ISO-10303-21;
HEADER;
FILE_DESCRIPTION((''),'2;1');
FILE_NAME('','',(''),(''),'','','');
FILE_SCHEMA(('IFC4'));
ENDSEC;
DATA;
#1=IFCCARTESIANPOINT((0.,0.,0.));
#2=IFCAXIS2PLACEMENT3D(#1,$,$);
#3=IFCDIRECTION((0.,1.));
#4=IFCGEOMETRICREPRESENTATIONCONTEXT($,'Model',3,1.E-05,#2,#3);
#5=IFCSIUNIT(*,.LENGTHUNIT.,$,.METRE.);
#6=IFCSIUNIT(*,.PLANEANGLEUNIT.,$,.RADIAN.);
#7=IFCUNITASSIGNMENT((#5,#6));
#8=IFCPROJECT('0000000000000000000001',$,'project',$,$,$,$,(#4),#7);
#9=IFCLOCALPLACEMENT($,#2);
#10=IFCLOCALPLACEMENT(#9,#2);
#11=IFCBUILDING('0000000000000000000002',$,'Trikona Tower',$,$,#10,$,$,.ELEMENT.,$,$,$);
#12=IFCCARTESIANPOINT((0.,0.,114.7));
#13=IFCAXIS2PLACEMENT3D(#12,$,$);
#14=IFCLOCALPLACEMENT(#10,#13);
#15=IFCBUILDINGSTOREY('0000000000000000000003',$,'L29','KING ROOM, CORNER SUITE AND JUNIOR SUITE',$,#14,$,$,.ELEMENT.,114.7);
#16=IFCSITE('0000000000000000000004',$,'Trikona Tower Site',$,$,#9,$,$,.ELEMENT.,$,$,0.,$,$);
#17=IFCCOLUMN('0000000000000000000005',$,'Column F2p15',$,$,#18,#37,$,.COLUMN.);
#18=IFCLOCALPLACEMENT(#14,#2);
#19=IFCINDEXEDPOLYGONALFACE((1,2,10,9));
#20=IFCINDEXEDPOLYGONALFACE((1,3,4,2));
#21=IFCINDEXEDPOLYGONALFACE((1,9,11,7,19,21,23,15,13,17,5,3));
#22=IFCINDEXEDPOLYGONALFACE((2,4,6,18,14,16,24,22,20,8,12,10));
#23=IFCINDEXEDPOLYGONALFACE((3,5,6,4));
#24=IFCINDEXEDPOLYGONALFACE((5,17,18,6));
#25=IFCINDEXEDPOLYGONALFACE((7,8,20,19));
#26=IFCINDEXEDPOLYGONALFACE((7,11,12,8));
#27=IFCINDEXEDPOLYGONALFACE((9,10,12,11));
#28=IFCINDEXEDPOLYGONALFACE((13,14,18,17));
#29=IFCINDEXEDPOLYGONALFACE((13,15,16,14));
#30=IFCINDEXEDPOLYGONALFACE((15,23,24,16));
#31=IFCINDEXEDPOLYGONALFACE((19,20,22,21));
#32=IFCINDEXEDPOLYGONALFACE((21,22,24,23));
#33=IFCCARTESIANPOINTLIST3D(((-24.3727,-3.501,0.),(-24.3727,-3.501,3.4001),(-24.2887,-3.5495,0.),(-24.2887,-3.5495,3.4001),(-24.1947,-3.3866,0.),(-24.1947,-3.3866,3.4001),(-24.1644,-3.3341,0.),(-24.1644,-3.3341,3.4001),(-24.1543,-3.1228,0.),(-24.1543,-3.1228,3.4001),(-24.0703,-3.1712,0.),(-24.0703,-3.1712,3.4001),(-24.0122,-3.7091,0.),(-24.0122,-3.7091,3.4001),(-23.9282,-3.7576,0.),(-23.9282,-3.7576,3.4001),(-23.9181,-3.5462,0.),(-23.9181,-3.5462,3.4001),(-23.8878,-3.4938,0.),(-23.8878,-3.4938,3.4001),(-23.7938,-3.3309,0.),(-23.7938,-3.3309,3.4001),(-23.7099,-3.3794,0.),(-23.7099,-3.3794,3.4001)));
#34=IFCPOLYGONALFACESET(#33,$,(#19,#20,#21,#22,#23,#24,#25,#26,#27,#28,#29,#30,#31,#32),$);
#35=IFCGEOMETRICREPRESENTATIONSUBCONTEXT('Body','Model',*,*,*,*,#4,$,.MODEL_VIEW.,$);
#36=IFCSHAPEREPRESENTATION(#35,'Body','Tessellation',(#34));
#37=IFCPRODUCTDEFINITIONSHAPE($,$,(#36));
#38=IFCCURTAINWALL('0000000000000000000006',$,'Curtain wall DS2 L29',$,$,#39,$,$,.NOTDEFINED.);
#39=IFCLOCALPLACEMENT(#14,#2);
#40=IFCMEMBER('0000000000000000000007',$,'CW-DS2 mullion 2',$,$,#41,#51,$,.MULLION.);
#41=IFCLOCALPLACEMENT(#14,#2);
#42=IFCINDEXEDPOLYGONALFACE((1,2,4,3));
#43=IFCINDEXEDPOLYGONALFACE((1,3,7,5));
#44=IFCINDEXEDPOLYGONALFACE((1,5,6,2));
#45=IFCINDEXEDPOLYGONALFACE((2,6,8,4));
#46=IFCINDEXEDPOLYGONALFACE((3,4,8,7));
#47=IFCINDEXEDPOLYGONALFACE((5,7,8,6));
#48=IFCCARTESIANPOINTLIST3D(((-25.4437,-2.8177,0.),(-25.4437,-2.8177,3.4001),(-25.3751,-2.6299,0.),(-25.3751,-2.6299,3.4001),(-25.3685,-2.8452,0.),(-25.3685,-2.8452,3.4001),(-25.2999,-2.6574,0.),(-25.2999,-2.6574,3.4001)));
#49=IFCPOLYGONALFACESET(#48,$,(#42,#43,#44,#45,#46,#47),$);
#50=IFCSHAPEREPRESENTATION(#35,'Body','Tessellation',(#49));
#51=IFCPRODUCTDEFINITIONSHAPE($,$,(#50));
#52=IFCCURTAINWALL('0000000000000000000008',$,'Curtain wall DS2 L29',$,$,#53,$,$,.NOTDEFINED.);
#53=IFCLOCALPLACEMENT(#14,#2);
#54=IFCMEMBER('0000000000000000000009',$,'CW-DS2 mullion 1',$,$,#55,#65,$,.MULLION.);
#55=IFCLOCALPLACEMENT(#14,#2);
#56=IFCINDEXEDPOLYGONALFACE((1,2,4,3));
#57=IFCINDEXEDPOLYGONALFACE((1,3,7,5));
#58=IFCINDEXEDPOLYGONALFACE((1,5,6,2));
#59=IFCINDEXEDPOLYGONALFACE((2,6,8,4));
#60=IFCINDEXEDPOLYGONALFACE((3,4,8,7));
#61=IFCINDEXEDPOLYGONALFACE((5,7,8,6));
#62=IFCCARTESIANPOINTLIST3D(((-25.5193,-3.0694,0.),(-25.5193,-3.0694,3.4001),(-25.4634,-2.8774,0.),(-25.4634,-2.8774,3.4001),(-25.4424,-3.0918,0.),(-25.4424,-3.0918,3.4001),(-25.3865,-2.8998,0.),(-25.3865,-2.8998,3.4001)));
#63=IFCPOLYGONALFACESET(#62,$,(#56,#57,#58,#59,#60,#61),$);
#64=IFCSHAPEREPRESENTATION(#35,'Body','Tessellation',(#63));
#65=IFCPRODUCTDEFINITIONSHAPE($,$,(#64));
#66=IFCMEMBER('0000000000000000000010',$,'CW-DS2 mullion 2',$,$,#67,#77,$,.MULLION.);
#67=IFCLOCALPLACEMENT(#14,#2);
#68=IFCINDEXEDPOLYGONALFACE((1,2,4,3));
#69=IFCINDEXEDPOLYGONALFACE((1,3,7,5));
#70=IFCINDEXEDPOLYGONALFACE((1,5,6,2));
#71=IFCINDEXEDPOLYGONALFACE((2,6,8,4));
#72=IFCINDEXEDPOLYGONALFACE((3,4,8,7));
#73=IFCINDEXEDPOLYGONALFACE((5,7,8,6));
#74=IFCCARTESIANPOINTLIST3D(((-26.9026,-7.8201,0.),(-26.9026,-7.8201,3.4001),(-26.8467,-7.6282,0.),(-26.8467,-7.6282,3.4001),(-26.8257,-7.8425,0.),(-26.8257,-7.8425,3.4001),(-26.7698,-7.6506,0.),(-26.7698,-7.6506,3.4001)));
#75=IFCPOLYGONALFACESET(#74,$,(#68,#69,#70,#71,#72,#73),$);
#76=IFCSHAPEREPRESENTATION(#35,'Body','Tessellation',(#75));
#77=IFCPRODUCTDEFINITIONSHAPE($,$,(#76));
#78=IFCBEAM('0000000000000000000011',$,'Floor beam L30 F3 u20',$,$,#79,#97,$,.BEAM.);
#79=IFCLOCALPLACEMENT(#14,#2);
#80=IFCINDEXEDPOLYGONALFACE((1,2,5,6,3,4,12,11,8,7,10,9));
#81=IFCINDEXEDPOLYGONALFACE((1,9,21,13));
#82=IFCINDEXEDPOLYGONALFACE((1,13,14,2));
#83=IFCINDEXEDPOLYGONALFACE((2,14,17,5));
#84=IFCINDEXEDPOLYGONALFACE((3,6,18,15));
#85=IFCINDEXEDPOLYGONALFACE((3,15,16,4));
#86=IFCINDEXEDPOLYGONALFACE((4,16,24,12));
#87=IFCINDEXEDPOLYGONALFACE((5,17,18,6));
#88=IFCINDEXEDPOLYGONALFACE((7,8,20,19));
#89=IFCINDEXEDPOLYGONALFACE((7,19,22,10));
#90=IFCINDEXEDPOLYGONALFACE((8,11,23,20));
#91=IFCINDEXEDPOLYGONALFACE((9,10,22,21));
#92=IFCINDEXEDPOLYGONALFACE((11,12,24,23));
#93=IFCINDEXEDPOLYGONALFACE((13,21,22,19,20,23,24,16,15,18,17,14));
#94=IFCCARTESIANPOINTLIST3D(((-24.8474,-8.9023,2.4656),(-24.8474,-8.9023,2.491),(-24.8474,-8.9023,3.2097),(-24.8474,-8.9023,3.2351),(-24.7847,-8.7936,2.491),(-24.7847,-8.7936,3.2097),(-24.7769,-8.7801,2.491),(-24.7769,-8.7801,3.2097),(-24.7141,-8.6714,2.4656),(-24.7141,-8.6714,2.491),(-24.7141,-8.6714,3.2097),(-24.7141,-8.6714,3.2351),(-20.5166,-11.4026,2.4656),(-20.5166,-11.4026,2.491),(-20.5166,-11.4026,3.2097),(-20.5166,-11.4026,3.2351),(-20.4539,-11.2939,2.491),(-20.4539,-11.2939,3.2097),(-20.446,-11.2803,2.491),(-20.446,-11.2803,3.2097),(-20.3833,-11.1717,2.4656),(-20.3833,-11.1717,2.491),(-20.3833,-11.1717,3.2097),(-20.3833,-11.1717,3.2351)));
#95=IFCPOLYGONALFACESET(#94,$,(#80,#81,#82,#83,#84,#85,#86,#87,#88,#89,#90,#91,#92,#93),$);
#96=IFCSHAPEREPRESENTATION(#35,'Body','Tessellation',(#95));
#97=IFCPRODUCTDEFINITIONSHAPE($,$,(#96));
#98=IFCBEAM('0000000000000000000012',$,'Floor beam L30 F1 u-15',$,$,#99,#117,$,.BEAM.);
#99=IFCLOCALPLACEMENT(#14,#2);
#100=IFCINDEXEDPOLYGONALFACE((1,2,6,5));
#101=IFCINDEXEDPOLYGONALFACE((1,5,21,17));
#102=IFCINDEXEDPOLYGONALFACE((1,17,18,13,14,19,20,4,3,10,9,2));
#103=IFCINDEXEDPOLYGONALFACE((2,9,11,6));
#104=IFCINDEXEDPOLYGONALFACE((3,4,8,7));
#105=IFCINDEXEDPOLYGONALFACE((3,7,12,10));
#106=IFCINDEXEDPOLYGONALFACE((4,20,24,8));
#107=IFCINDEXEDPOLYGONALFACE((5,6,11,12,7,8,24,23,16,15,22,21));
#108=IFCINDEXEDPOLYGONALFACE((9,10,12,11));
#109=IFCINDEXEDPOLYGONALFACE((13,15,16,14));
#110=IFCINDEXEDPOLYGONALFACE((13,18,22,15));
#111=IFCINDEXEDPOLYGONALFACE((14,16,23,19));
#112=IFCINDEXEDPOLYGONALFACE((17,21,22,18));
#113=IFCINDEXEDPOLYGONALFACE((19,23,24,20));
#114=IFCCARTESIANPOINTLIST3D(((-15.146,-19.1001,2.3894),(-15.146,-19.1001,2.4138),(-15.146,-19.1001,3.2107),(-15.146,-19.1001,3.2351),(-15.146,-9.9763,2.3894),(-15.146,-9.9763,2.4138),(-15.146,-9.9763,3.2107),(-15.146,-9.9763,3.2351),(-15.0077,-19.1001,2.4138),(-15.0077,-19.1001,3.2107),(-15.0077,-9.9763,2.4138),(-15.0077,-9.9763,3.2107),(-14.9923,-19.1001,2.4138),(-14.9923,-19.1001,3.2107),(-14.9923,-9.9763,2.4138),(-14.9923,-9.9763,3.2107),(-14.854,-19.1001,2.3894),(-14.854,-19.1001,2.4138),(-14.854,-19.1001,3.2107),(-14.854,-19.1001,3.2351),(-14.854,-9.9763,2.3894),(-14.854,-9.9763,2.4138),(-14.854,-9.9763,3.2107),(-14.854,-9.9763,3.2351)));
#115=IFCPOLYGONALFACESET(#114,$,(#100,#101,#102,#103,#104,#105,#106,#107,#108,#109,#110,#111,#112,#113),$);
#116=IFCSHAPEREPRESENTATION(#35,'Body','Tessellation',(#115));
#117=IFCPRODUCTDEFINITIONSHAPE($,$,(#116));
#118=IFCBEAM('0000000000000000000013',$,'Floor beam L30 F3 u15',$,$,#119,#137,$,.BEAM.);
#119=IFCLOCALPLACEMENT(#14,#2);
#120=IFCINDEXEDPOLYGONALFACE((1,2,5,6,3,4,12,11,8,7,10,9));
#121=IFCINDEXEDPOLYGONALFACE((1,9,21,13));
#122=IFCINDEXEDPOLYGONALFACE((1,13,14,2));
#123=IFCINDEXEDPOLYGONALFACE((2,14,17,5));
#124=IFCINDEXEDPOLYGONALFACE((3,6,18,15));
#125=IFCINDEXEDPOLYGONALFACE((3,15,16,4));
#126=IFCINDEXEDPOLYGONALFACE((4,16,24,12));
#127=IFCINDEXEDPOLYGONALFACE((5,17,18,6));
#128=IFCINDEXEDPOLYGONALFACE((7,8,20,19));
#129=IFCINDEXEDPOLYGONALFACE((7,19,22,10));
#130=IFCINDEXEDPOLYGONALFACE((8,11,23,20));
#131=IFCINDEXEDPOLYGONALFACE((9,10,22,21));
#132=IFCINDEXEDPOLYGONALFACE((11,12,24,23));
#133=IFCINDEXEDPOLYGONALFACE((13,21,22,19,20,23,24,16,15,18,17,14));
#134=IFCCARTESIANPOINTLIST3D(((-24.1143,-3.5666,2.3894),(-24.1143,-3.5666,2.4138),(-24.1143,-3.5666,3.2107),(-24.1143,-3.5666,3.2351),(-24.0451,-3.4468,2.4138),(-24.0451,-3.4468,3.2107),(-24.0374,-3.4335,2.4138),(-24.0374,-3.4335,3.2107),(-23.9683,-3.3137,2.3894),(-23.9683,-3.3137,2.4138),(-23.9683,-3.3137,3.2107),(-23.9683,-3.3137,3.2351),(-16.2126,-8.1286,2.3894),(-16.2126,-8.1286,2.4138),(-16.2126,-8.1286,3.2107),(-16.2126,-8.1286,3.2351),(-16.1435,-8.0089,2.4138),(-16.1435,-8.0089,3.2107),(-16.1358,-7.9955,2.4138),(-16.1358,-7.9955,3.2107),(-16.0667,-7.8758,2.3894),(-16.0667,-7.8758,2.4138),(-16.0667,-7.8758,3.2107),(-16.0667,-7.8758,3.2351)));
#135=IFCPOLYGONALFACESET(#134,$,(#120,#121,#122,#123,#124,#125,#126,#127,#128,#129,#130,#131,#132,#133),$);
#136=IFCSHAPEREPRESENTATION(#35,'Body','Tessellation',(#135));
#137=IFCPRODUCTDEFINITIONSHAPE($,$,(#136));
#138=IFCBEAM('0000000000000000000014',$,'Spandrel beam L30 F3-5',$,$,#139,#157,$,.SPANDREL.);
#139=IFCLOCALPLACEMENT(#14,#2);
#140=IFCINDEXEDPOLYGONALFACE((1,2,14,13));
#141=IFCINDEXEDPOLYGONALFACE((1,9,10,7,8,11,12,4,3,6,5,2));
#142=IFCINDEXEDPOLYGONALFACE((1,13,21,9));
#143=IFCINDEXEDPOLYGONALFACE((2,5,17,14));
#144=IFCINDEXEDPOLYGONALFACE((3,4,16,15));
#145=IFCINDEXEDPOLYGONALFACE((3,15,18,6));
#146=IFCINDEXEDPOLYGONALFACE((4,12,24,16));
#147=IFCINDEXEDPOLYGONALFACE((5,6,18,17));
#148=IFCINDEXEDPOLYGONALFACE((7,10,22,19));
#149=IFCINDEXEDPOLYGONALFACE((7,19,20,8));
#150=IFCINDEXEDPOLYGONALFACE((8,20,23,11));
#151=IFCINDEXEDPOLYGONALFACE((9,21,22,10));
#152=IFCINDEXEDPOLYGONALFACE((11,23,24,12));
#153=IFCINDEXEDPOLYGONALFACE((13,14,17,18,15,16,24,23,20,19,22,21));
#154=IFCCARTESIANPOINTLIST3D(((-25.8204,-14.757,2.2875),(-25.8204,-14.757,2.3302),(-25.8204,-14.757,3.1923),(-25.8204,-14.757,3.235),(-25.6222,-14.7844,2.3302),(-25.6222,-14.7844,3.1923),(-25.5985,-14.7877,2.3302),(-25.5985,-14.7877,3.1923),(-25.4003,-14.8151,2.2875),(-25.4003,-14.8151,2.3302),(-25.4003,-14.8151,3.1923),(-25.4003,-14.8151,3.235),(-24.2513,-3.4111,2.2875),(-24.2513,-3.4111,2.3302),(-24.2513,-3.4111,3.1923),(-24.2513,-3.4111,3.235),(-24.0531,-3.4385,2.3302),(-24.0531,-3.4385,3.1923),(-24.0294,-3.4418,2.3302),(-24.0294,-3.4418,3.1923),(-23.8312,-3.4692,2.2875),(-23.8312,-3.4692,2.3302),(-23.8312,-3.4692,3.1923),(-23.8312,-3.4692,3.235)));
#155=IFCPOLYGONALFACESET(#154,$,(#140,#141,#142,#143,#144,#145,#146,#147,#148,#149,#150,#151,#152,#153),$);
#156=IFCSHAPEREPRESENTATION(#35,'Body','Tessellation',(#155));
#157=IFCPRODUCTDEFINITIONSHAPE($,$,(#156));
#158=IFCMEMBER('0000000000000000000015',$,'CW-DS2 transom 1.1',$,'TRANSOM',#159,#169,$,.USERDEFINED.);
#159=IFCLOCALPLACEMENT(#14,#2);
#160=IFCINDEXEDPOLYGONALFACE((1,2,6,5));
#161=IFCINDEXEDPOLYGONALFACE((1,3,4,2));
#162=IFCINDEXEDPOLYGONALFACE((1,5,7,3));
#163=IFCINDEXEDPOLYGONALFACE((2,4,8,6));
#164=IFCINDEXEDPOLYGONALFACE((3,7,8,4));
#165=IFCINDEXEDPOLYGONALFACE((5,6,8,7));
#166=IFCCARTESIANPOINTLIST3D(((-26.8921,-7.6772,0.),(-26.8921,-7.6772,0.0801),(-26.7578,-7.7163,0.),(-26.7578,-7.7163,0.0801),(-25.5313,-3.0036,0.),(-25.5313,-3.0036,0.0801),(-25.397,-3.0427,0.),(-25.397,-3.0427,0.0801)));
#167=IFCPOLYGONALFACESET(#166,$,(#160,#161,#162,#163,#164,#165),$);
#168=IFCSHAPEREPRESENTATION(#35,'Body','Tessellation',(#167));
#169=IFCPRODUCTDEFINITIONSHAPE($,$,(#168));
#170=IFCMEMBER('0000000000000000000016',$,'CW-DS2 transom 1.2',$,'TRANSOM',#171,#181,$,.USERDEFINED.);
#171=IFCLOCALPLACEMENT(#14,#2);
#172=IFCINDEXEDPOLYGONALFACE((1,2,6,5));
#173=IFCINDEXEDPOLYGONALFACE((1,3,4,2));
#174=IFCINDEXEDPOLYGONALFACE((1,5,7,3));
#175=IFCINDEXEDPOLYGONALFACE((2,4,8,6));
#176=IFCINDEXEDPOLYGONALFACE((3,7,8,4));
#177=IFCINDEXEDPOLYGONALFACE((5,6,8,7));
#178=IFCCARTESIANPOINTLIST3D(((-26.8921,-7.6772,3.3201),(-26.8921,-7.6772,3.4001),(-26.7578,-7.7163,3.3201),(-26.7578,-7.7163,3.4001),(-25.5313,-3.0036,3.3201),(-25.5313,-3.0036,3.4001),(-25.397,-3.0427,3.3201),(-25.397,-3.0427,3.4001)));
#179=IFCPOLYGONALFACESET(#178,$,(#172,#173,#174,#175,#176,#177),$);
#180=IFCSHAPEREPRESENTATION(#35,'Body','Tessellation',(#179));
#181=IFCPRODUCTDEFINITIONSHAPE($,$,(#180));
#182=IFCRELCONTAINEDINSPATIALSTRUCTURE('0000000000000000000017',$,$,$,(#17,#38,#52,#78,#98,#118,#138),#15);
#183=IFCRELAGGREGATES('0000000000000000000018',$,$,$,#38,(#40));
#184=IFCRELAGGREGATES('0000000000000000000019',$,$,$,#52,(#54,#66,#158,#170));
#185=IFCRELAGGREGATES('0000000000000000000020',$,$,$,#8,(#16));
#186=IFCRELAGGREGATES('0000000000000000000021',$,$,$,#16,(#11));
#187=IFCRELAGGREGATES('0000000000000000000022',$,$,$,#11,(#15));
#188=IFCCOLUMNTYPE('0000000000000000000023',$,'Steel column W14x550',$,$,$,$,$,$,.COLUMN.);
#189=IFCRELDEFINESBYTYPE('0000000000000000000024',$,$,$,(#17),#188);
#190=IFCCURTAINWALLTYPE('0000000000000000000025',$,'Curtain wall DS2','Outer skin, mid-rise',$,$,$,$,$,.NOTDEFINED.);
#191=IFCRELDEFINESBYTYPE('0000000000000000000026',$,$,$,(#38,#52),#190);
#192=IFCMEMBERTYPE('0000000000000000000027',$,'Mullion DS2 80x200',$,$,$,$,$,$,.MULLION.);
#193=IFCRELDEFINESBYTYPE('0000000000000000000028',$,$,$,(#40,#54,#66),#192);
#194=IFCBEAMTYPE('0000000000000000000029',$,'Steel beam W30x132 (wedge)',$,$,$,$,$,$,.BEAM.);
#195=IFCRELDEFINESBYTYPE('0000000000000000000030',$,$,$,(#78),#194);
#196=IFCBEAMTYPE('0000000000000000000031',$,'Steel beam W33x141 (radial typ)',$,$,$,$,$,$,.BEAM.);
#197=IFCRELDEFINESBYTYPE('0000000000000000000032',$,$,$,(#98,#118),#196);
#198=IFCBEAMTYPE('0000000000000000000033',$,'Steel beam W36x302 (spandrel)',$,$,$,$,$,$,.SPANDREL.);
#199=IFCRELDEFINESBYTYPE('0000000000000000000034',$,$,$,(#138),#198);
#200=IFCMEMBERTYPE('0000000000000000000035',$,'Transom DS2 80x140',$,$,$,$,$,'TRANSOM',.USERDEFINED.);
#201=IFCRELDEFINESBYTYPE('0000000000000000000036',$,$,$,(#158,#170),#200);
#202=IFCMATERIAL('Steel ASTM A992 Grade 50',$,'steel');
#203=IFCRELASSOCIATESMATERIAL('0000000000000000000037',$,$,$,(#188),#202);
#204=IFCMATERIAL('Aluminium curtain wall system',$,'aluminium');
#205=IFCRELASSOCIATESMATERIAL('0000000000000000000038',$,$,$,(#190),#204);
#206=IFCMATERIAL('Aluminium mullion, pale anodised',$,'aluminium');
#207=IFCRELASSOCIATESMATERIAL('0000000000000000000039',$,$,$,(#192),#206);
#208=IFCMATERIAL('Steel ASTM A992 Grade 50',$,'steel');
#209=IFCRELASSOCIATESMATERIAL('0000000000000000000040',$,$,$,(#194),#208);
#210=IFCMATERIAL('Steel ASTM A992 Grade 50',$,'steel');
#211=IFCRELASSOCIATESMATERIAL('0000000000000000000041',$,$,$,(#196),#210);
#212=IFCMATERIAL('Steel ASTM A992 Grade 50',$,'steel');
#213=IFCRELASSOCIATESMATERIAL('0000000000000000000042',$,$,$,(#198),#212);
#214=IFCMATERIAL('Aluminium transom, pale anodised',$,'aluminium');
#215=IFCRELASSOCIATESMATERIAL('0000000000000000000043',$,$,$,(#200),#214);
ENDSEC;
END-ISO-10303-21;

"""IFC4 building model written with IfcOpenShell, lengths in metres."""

from ifc_helpers import new_model, si_unit, direction, frame, origin, origin_2d, place, context, subcontext, project, spatial, rectangle, i_section, extrude, material, material_profile, profile_set, type_object, element, aggregate, save


model = new_model("IFC4")

# Units and contexts
model_context = context("Model", 3, precision=1e-05, world=origin(), true_north=direction((0.0, 1.0)))
body_context = subcontext(model_context, "Body", "Model", "MODEL_VIEW")
ifc_project = project(units=[si_unit("LENGTHUNIT", "METRE"), si_unit("PLANEANGLEUNIT", "RADIAN")], contexts=[model_context])

# Site, building, storey
site_placement = place(None, origin())
site = spatial("IfcSite", under=ifc_project, at=site_placement, Name="Trikona Tower Site", CompositionType="ELEMENT", RefElevation=0.0)
building_placement = place(site_placement, origin())
building = spatial("IfcBuilding", under=site, at=building_placement, Name="Trikona Tower", CompositionType="ELEMENT")
storey_placement = place(building_placement, frame((0.0, 0.0, 114.7)))
storey = spatial("IfcBuildingStorey", under=building, at=storey_placement, Name="L29", Description="KING ROOM, CORNER SUITE AND JUNIOR SUITE", CompositionType="ELEMENT", Elevation=114.7)

# Column
ifc_material_1 = material(Name="Steel ASTM A992 Grade 50", Category="steel")
ifc_material_profile_1 = material_profile(ifc_material_1, i_section(OverallWidth=0.4368, OverallDepth=0.5132, WebThickness=0.0605, FlangeThickness=0.0969, at=origin_2d()), Name="W14X550")
ifc_profile_set_1 = profile_set([ifc_material_profile_1], Name="Steel ASTM A992 Grade 50")
column_type = type_object("IfcColumnType", Name="Steel column W14x550", PredefinedType="COLUMN", material=ifc_profile_set_1)
column_placement = place(storey_placement, frame((-24.0413, -3.4402, 0.0), z_axis=(0.0, 0.0, 1.0), x_axis=(-0.5, -0.866025, 0.0)))
element("IfcColumn", 1, at=column_placement, inside=storey, type_object=column_type, Name="Column F2p15", PredefinedType="COLUMN", context=body_context, shape_type="SweptSolid", body=[
    extrude(i_section(OverallWidth=0.4368, OverallDepth=0.5132, WebThickness=0.0605, FlangeThickness=0.0969, at=origin_2d()), origin(), (0.0, 0.0, 1.0), 3.4001),
])

# Curtain wall, member
ifc_material_2 = material(Name="Aluminium curtain wall system", Category="aluminium")
curtain_wall_type = type_object("IfcCurtainWallType", Name="Curtain wall DS2", Description="Outer skin, mid-rise", PredefinedType="NOTDEFINED", material=ifc_material_2)
curtain_wall_1_placement = place(storey_placement, origin())
curtain_wall_1 = element("IfcCurtainWall", 2, at=curtain_wall_1_placement, inside=storey, type_object=curtain_wall_type, Name="Curtain wall DS2 L29", PredefinedType="NOTDEFINED")
ifc_material_3 = material(Name="Aluminium mullion, pale anodised", Category="aluminium")
ifc_material_profile_2 = material_profile(ifc_material_3, rectangle(XDim=0.0801, YDim=0.2, at=origin_2d()), Name="MUL-DS2")
ifc_profile_set_2 = profile_set([ifc_material_profile_2], Name="Aluminium mullion, pale anodised")
member_type_1 = type_object("IfcMemberType", Name="Mullion DS2 80x200", PredefinedType="MULLION", material=ifc_profile_set_2)
member_1_placement = place(storey_placement, frame((-25.3718, -2.7375, 0.0), z_axis=(0.0, 0.0, 1.0), x_axis=(0.939254, -0.343223, 0.0)))
member_1 = element("IfcMember", 3, at=member_1_placement, type_object=member_type_1, Name="CW-DS2 mullion 2", PredefinedType="MULLION", context=body_context, shape_type="SweptSolid", body=[
    extrude(rectangle(XDim=0.0801, YDim=0.2, at=origin_2d()), origin(), (0.0, 0.0, 1.0), 3.4001),
])
aggregate(curtain_wall_1, [member_1])

# Curtain wall, members
curtain_wall_2_placement = place(storey_placement, origin())
curtain_wall_2 = element("IfcCurtainWall", 4, at=curtain_wall_2_placement, inside=storey, type_object=curtain_wall_type, Name="Curtain wall DS2 L29", PredefinedType="NOTDEFINED")
member_2_placement = place(storey_placement, frame((-25.4529, -2.9846, 0.0), z_axis=(0.0, 0.0, 1.0), x_axis=(0.960133, -0.279543, 0.0)))
member_2 = element("IfcMember", 5, at=member_2_placement, type_object=member_type_1, Name="CW-DS2 mullion 1", PredefinedType="MULLION", context=body_context, shape_type="SweptSolid", body=[
    extrude(rectangle(XDim=0.0801, YDim=0.2, at=origin_2d()), origin(), (0.0, 0.0, 1.0), 3.4001),
])
member_3_placement = place(storey_placement, frame((-26.8362, -7.7354, 0.0), z_axis=(0.0, 0.0, 1.0), x_axis=(0.960133, -0.279543, 0.0)))
member_3 = element("IfcMember", 6, at=member_3_placement, type_object=member_type_1, Name="CW-DS2 mullion 2", PredefinedType="MULLION", context=body_context, shape_type="SweptSolid", body=[
    extrude(rectangle(XDim=0.0801, YDim=0.2, at=origin_2d()), origin(), (0.0, 0.0, 1.0), 3.4001),
])

# Beams
ifc_material_4 = material(Name="Steel ASTM A992 Grade 50", Category="steel")
ifc_material_profile_3 = material_profile(ifc_material_4, i_section(OverallWidth=0.2666, OverallDepth=0.7695, WebThickness=0.0156, FlangeThickness=0.0254, at=origin_2d()), Name="W30X132")
ifc_profile_set_3 = profile_set([ifc_material_profile_3], Name="Steel ASTM A992 Grade 50")
beam_type_1 = type_object("IfcBeamType", Name="Steel beam W30x132 (wedge)", PredefinedType="BEAM", material=ifc_profile_set_3)
beam_1_placement = place(storey_placement, frame((-20.45, -11.2871, 2.8503), z_axis=(-0.866038, 0.499977, 0.0), x_axis=(-0.499977, -0.866038, 0.0)))
element("IfcBeam", 7, at=beam_1_placement, inside=storey, type_object=beam_type_1, Name="Floor beam L30 F3 u20", PredefinedType="BEAM", context=body_context, shape_type="SweptSolid", body=[
    extrude(i_section(OverallWidth=0.2666, OverallDepth=0.7695, WebThickness=0.0156, FlangeThickness=0.0254, at=origin_2d()), origin(), (0.0, 0.0, 1.0), 5.0007),
])
ifc_material_5 = material(Name="Steel ASTM A992 Grade 50", Category="steel")
ifc_material_profile_4 = material_profile(ifc_material_5, i_section(OverallWidth=0.292, OverallDepth=0.8457, WebThickness=0.0154, FlangeThickness=0.0244, at=origin_2d()), Name="W33X141")
ifc_profile_set_4 = profile_set([ifc_material_profile_4], Name="Steel ASTM A992 Grade 50")
beam_type_2 = type_object("IfcBeamType", Name="Steel beam W33x141 (radial typ)", PredefinedType="BEAM", material=ifc_profile_set_4)
beam_2_placement = place(storey_placement, frame((-15.0, -9.9763, 2.8123), z_axis=(0.0, -1.0, 0.0), x_axis=(1.0, 0.0, 0.0)))
element("IfcBeam", 8, at=beam_2_placement, inside=storey, type_object=beam_type_2, Name="Floor beam L30 F1 u-15", PredefinedType="BEAM", context=body_context, shape_type="SweptSolid", body=[
    extrude(i_section(OverallWidth=0.292, OverallDepth=0.8457, WebThickness=0.0154, FlangeThickness=0.0244, at=origin_2d()), origin(), (0.0, 0.0, 1.0), 9.1238),
])
beam_3_placement = place(storey_placement, frame((-16.1396, -8.0022, 2.8123), z_axis=(-0.866025, 0.500001, 0.0), x_axis=(-0.500001, -0.866025, 0.0)))
element("IfcBeam", 9, at=beam_3_placement, inside=storey, type_object=beam_type_2, Name="Floor beam L30 F3 u15", PredefinedType="BEAM", context=body_context, shape_type="SweptSolid", body=[
    extrude(i_section(OverallWidth=0.292, OverallDepth=0.8457, WebThickness=0.0154, FlangeThickness=0.0244, at=origin_2d()), origin(), (0.0, 0.0, 1.0), 9.124),
])
ifc_material_6 = material(Name="Steel ASTM A992 Grade 50", Category="steel")
ifc_material_profile_5 = material_profile(ifc_material_6, i_section(OverallWidth=0.4241, OverallDepth=0.9475, WebThickness=0.0239, FlangeThickness=0.0427, at=origin_2d()), Name="W36X302")
ifc_profile_set_5 = profile_set([ifc_material_profile_5], Name="Steel ASTM A992 Grade 50")
beam_type_3 = type_object("IfcBeamType", Name="Steel beam W36x302 (spandrel)", PredefinedType="SPANDREL", material=ifc_profile_set_5)
beam_4_placement = place(storey_placement, frame((-24.0413, -3.4402, 2.7612), z_axis=(-0.136992, -0.990572, 0.0), x_axis=(0.990572, -0.136992, 0.0)))
element("IfcBeam", 10, at=beam_4_placement, inside=storey, type_object=beam_type_3, Name="Spandrel beam L30 F3-5", PredefinedType="SPANDREL", context=body_context, shape_type="SweptSolid", body=[
    extrude(i_section(OverallWidth=0.4241, OverallDepth=0.9475, WebThickness=0.0239, FlangeThickness=0.0427, at=origin_2d()), origin(), (0.0, 0.0, 1.0), 11.4539),
])

# Members
ifc_material_7 = material(Name="Aluminium transom, pale anodised", Category="aluminium")
ifc_material_profile_6 = material_profile(ifc_material_7, rectangle(XDim=0.1399, YDim=0.0801, at=origin_2d()), Name="TRN-DS2")
ifc_profile_set_6 = profile_set([ifc_material_profile_6], Name="Aluminium transom, pale anodised")
member_type_2 = type_object("IfcMemberType", Name="Transom DS2 80x140", ElementType="TRANSOM", PredefinedType="USERDEFINED", material=ifc_profile_set_6)
member_4_placement = place(storey_placement, frame((-25.4641, -3.0232, 0.04), z_axis=(-0.279567, -0.960126, 0.0), x_axis=(0.960126, -0.279567, 0.0)))
member_4 = element("IfcMember", 11, at=member_4_placement, type_object=member_type_2, Name="CW-DS2 transom 1.1", ObjectType="TRANSOM", PredefinedType="USERDEFINED", context=body_context, shape_type="SweptSolid", body=[
    extrude(rectangle(XDim=0.1399, YDim=0.0801, at=origin_2d()), origin(), (0.0, 0.0, 1.0), 4.8677),
])
member_5_placement = place(storey_placement, frame((-25.4641, -3.0232, 3.3601), z_axis=(-0.279567, -0.960126, 0.0), x_axis=(0.960126, -0.279567, 0.0)))
member_5 = element("IfcMember", 12, at=member_5_placement, type_object=member_type_2, Name="CW-DS2 transom 1.2", ObjectType="TRANSOM", PredefinedType="USERDEFINED", context=body_context, shape_type="SweptSolid", body=[
    extrude(rectangle(XDim=0.1399, YDim=0.0801, at=origin_2d()), origin(), (0.0, 0.0, 1.0), 4.8677),
])

aggregate(curtain_wall_2, [member_2, member_3, member_4, member_5])

save(model, "model.ifc")
